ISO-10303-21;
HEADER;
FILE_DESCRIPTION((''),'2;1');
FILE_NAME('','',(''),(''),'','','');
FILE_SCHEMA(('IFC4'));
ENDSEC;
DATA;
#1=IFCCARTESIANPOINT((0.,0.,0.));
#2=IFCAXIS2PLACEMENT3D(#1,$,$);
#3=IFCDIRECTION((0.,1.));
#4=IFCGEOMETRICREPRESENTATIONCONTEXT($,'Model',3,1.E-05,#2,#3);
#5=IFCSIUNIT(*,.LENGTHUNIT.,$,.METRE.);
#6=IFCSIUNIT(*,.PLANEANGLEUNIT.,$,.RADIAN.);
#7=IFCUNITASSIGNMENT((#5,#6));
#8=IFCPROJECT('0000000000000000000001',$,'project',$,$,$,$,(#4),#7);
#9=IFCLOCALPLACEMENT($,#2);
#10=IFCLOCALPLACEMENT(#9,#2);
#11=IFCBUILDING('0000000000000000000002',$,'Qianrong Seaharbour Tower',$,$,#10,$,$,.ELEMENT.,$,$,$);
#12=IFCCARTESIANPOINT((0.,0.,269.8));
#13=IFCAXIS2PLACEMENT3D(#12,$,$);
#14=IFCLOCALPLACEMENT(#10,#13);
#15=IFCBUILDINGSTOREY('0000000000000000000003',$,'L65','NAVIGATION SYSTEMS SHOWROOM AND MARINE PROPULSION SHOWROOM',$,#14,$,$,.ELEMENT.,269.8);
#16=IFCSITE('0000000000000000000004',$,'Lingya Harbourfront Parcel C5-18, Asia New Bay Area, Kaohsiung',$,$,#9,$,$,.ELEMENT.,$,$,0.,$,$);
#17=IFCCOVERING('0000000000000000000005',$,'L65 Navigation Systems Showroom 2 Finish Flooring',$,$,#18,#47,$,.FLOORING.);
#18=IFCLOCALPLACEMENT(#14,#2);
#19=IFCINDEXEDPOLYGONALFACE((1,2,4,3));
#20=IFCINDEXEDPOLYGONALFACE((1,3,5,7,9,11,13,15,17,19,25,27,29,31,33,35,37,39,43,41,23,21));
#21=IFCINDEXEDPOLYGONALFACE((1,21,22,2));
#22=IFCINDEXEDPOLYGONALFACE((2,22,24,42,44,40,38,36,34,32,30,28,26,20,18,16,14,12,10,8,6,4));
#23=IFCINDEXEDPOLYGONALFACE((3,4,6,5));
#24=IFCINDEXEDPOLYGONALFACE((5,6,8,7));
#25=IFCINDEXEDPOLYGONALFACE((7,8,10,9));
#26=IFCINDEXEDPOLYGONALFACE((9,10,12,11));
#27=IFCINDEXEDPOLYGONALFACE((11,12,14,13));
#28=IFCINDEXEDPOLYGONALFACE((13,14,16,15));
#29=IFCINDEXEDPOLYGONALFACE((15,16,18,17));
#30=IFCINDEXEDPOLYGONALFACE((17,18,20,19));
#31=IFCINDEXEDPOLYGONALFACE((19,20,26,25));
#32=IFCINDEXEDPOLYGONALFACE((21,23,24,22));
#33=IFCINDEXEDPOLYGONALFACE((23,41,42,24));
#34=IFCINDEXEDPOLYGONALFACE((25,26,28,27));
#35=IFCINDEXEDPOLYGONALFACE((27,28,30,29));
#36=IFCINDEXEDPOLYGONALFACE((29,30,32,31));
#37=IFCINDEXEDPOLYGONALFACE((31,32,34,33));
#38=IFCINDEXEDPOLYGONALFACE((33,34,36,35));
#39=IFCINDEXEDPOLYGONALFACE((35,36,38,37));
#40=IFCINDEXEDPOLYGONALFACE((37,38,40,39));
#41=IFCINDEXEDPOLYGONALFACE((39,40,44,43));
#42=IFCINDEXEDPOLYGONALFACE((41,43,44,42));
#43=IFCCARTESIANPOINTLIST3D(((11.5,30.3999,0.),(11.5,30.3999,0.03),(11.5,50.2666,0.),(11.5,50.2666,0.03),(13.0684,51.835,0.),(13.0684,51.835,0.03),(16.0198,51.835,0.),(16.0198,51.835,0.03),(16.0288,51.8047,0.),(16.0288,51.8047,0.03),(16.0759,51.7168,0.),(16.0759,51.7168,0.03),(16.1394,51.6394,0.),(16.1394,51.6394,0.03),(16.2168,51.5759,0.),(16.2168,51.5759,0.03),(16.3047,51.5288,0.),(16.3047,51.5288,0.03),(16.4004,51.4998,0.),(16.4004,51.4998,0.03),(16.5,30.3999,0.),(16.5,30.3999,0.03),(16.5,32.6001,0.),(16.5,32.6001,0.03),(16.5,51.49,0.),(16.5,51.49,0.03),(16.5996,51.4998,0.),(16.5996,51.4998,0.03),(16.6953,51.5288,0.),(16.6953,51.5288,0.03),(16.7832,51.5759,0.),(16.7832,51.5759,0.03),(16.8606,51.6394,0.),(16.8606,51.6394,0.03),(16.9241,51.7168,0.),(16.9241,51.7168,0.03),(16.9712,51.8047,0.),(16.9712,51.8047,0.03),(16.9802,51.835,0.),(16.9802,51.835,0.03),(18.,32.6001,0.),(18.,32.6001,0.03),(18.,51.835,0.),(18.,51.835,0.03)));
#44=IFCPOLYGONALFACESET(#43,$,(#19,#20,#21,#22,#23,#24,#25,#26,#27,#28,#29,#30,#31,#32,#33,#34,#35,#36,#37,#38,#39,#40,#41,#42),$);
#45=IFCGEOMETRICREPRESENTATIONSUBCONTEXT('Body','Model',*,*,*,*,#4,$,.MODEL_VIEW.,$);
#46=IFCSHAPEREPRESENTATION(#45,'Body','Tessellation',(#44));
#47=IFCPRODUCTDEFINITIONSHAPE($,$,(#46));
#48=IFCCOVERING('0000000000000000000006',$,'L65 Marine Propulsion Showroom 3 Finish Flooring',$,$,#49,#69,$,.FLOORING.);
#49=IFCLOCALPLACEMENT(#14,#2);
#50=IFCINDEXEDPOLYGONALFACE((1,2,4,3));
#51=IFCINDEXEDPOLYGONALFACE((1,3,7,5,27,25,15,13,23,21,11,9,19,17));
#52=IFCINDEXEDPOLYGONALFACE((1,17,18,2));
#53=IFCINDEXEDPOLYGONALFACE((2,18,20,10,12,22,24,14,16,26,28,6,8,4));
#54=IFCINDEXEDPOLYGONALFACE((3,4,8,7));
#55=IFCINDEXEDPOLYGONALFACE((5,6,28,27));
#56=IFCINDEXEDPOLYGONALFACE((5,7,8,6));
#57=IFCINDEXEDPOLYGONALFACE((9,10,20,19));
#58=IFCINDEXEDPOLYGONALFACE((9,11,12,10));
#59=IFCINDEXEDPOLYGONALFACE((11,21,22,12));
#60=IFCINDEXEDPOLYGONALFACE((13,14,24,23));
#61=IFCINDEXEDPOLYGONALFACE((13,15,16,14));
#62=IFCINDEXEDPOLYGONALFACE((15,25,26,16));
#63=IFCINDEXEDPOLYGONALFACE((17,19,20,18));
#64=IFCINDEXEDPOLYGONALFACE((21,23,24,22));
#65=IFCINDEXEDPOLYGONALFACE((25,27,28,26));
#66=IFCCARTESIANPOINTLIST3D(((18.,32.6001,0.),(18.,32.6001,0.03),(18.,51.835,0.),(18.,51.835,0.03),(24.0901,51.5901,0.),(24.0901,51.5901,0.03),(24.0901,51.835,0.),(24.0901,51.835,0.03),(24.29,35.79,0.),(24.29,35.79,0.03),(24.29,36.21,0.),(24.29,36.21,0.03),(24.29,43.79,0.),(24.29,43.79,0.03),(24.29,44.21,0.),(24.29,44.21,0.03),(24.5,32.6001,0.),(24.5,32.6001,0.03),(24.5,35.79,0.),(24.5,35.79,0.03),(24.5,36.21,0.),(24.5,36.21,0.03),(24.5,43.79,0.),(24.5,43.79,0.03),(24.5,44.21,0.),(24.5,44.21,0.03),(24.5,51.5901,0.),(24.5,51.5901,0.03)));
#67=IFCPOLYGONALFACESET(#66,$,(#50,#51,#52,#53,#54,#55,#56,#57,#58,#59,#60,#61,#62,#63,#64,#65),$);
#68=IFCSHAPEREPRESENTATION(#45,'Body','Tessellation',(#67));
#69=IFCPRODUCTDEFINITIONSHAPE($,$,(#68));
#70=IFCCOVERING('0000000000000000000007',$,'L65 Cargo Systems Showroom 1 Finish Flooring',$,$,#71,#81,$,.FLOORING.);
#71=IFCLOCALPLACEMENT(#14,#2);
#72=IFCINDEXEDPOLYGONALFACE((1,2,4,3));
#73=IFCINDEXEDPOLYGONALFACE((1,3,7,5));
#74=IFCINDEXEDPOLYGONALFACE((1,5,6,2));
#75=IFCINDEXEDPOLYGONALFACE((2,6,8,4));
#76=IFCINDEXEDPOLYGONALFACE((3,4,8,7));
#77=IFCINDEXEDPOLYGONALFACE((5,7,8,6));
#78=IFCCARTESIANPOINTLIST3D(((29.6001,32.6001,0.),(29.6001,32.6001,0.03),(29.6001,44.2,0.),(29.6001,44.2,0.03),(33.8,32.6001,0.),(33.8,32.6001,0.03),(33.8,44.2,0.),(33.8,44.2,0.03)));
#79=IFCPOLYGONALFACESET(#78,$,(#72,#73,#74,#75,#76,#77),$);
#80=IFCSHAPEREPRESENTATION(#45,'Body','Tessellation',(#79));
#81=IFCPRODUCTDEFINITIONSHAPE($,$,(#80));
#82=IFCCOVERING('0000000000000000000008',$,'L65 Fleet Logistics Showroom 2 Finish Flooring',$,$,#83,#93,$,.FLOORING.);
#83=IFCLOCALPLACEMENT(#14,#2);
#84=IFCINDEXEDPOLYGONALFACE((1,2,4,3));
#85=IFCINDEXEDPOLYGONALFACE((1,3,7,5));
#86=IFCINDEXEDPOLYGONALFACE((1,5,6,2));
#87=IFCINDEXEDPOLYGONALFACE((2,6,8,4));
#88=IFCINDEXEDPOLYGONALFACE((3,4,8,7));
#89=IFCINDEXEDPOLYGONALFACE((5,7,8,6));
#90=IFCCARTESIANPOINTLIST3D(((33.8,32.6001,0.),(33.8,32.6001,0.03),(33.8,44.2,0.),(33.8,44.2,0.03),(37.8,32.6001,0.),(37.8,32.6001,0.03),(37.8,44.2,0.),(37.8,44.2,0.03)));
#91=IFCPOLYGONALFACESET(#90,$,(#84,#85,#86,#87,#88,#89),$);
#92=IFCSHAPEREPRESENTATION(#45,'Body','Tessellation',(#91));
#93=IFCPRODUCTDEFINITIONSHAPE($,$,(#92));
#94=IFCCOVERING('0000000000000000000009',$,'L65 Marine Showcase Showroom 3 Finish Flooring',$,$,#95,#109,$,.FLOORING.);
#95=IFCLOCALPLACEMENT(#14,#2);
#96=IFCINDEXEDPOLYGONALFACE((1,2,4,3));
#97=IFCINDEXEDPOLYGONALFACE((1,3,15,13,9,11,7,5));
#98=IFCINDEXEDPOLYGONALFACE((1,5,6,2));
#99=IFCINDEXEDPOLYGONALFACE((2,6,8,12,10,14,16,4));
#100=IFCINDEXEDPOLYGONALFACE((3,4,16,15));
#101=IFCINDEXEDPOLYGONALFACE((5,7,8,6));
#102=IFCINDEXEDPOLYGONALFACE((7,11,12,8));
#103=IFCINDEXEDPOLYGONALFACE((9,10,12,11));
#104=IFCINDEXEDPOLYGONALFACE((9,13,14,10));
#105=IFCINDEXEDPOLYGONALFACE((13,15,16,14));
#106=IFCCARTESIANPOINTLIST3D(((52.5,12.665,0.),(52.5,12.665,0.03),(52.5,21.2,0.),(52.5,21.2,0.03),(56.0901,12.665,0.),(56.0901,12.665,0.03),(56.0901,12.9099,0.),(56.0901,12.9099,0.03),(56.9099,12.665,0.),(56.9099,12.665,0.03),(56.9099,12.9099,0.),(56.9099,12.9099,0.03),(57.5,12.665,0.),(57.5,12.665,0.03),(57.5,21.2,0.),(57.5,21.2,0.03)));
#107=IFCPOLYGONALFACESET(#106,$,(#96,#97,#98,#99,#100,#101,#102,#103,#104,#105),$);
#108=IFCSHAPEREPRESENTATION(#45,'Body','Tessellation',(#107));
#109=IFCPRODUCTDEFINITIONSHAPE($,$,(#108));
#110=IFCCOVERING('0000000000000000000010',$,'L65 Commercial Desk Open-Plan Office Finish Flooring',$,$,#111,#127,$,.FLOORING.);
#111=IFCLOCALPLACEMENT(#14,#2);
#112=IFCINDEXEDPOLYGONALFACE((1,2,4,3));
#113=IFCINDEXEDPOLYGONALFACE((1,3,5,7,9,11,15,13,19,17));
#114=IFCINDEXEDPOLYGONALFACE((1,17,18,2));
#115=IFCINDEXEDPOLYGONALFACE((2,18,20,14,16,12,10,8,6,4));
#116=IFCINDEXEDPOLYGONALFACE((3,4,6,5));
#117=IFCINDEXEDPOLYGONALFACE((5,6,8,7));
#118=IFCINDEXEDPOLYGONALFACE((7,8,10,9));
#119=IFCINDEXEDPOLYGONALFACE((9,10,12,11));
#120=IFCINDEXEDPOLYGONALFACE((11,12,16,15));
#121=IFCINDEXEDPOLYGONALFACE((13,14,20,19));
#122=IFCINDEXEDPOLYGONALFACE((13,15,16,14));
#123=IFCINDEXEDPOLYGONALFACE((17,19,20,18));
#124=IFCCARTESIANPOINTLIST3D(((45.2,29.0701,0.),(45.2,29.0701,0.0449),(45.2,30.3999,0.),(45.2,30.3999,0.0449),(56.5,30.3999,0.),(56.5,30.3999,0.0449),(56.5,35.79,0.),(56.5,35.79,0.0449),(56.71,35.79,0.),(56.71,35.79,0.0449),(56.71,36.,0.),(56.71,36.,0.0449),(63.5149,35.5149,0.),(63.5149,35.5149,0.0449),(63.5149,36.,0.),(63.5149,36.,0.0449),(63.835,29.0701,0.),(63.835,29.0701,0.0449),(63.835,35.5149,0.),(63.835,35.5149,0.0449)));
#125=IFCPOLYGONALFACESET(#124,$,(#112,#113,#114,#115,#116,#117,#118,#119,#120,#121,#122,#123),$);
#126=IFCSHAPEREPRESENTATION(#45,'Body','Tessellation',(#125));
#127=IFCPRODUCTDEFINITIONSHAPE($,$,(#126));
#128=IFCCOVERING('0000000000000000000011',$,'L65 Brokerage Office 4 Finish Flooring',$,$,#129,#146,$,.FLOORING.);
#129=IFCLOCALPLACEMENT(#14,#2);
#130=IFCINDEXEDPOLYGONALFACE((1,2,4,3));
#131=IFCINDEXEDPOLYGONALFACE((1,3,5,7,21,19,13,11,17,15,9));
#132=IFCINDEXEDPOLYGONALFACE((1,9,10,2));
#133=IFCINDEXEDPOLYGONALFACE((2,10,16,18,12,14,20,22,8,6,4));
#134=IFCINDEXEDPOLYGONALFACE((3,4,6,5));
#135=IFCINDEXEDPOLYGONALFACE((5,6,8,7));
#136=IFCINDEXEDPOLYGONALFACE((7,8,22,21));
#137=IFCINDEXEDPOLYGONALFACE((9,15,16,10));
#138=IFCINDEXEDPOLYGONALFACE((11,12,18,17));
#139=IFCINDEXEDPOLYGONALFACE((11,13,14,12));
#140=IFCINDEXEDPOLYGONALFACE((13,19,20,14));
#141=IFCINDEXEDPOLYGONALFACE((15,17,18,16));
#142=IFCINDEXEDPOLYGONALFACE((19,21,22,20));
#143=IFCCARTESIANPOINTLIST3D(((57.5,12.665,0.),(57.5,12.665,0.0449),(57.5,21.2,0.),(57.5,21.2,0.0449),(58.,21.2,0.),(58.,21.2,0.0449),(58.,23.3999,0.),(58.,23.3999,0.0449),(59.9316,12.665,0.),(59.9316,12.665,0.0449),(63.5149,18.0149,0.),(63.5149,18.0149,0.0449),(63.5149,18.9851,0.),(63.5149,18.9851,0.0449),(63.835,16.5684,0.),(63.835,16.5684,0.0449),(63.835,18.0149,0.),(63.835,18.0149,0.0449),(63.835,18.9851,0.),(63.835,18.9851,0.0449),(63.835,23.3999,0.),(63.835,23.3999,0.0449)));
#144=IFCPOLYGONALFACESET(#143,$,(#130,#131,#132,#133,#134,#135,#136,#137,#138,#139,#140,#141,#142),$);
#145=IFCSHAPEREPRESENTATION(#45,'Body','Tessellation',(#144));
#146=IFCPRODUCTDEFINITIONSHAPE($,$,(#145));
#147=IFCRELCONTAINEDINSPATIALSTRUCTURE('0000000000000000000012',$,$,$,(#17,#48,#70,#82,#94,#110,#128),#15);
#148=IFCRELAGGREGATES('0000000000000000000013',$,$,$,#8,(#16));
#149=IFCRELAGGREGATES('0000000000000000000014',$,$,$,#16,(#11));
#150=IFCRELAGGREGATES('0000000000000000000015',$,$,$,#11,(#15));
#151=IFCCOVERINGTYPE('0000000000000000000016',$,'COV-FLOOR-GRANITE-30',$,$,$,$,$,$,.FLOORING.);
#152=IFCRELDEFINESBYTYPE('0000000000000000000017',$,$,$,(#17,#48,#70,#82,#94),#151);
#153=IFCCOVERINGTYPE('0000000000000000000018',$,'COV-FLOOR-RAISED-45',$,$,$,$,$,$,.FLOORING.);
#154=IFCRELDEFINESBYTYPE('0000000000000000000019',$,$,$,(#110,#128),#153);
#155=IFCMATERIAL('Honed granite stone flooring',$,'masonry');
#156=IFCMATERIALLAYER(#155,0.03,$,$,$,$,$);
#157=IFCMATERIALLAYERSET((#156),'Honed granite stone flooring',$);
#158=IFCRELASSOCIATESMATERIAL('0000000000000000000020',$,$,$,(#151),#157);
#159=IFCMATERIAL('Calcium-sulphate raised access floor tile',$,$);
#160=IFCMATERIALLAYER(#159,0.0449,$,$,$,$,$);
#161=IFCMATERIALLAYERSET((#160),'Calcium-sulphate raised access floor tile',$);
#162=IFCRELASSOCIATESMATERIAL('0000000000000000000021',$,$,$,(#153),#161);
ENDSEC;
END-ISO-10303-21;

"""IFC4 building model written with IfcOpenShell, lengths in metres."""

from ifc_helpers import new_model, si_unit, direction, frame, origin, place, context, subcontext, project, spatial, polyline, outline, extrude, material, layer, layer_set, type_object, element, save


model = new_model("IFC4")

# Units and contexts
model_context = context("Model", 3, precision=1e-05, world=origin(), true_north=direction((0.0, 1.0)))
body_context = subcontext(model_context, "Body", "Model", "MODEL_VIEW")
ifc_project = project(units=[si_unit("LENGTHUNIT", "METRE"), si_unit("PLANEANGLEUNIT", "RADIAN")], contexts=[model_context])

# Site, building, storey
site_placement = place(None, origin())
site = spatial("IfcSite", under=ifc_project, at=site_placement, Name="Lingya Harbourfront Parcel C5-18, Asia New Bay Area, Kaohsiung", CompositionType="ELEMENT", RefElevation=0.0)
building_placement = place(site_placement, origin())
building = spatial("IfcBuilding", under=site, at=building_placement, Name="Qianrong Seaharbour Tower", CompositionType="ELEMENT")
storey_placement = place(building_placement, frame((0.0, 0.0, 269.8)))
storey = spatial("IfcBuildingStorey", under=building, at=storey_placement, Name="L65", Description="NAVIGATION SYSTEMS SHOWROOM AND MARINE PROPULSION SHOWROOM", CompositionType="ELEMENT", Elevation=269.8)

# Coverings
ifc_material_1 = material(Name="Honed granite stone flooring", Category="masonry")
ifc_layer_1 = layer(ifc_material_1, 0.03)
ifc_layer_set_1 = layer_set([ifc_layer_1], Name="Honed granite stone flooring")
covering_type_1 = type_object("IfcCoveringType", Name="COV-FLOOR-GRANITE-30", PredefinedType="FLOORING", material=ifc_layer_set_1)
covering_1_placement = place(storey_placement, origin())
element("IfcCovering", 1, at=covering_1_placement, inside=storey, type_object=covering_type_1, Name="L65 Navigation Systems Showroom 2 Finish Flooring", PredefinedType="FLOORING", context=body_context, shape_type="SweptSolid", body=[
    extrude(outline(polyline([(11.5, 50.2666), (13.0684, 51.835), (16.0198, 51.835), (16.0288, 51.8047), (16.0759, 51.7168), (16.1394, 51.6394), (16.2168, 51.5759), (16.3047, 51.5288), (16.4004, 51.4998), (16.5, 51.49), (16.5996, 51.4998), (16.6953, 51.5288), (16.7832, 51.5759), (16.8606, 51.6394), (16.9241, 51.7168), (16.9712, 51.8047), (16.9802, 51.835), (18.0, 51.835), (18.0, 32.6001), (16.5, 32.6001), (16.5, 30.3999), (11.5, 30.3999), (11.5, 50.2666)])), origin(), (0.0, 0.0, 1.0), 0.03),
])
covering_2_placement = place(storey_placement, origin())
element("IfcCovering", 2, at=covering_2_placement, inside=storey, type_object=covering_type_1, Name="L65 Marine Propulsion Showroom 3 Finish Flooring", PredefinedType="FLOORING", context=body_context, shape_type="SweptSolid", body=[
    extrude(outline(polyline([(24.0901, 51.835), (24.0901, 51.5901), (24.5, 51.5901), (24.5, 44.21), (24.29, 44.21), (24.29, 43.79), (24.5, 43.79), (24.5, 36.21), (24.29, 36.21), (24.29, 35.79), (24.5, 35.79), (24.5, 32.6001), (18.0, 32.6001), (18.0, 51.835), (24.0901, 51.835)])), origin(), (0.0, 0.0, 1.0), 0.03),
])
covering_3_placement = place(storey_placement, origin())
element("IfcCovering", 3, at=covering_3_placement, inside=storey, type_object=covering_type_1, Name="L65 Cargo Systems Showroom 1 Finish Flooring", PredefinedType="FLOORING", context=body_context, shape_type="SweptSolid", body=[
    extrude(outline(polyline([(29.6001, 44.2), (33.8, 44.2), (33.8, 32.6001), (29.6001, 32.6001), (29.6001, 44.2)])), origin(), (0.0, 0.0, 1.0), 0.03),
])
covering_4_placement = place(storey_placement, origin())
element("IfcCovering", 4, at=covering_4_placement, inside=storey, type_object=covering_type_1, Name="L65 Fleet Logistics Showroom 2 Finish Flooring", PredefinedType="FLOORING", context=body_context, shape_type="SweptSolid", body=[
    extrude(outline(polyline([(33.8, 44.2), (37.8, 44.2), (37.8, 32.6001), (33.8, 32.6001), (33.8, 44.2)])), origin(), (0.0, 0.0, 1.0), 0.03),
])
covering_5_placement = place(storey_placement, origin())
element("IfcCovering", 5, at=covering_5_placement, inside=storey, type_object=covering_type_1, Name="L65 Marine Showcase Showroom 3 Finish Flooring", PredefinedType="FLOORING", context=body_context, shape_type="SweptSolid", body=[
    extrude(outline(polyline([(56.9099, 12.665), (56.9099, 12.9099), (56.0901, 12.9099), (56.0901, 12.665), (52.5, 12.665), (52.5, 21.2), (57.5, 21.2), (57.5, 12.665), (56.9099, 12.665)])), origin(), (0.0, 0.0, 1.0), 0.03),
])
ifc_material_2 = material(Name="Calcium-sulphate raised access floor tile")
ifc_layer_2 = layer(ifc_material_2, 0.0449)
ifc_layer_set_2 = layer_set([ifc_layer_2], Name="Calcium-sulphate raised access floor tile")
covering_type_2 = type_object("IfcCoveringType", Name="COV-FLOOR-RAISED-45", PredefinedType="FLOORING", material=ifc_layer_set_2)
covering_6_placement = place(storey_placement, origin())
element("IfcCovering", 6, at=covering_6_placement, inside=storey, type_object=covering_type_2, Name="L65 Commercial Desk Open-Plan Office Finish Flooring", PredefinedType="FLOORING", context=body_context, shape_type="SweptSolid", body=[
    extrude(outline(polyline([(56.5, 30.3999), (56.5, 35.79), (56.71, 35.79), (56.71, 36.0), (63.5149, 36.0), (63.5149, 35.5149), (63.835, 35.5149), (63.835, 29.0701), (45.2, 29.0701), (45.2, 30.3999), (56.5, 30.3999)])), origin(), (0.0, 0.0, 1.0), 0.0449),
])
covering_7_placement = place(storey_placement, origin())
element("IfcCovering", 7, at=covering_7_placement, inside=storey, type_object=covering_type_2, Name="L65 Brokerage Office 4 Finish Flooring", PredefinedType="FLOORING", context=body_context, shape_type="SweptSolid", body=[
    extrude(outline(polyline([(59.9316, 12.665), (57.5, 12.665), (57.5, 21.2), (58.0, 21.2), (58.0, 23.3999), (63.835, 23.3999), (63.835, 18.9851), (63.5149, 18.9851), (63.5149, 18.0149), (63.835, 18.0149), (63.835, 16.5684), (59.9316, 12.665)])), origin(), (0.0, 0.0, 1.0), 0.0449),
])

save(model, "model.ifc")
